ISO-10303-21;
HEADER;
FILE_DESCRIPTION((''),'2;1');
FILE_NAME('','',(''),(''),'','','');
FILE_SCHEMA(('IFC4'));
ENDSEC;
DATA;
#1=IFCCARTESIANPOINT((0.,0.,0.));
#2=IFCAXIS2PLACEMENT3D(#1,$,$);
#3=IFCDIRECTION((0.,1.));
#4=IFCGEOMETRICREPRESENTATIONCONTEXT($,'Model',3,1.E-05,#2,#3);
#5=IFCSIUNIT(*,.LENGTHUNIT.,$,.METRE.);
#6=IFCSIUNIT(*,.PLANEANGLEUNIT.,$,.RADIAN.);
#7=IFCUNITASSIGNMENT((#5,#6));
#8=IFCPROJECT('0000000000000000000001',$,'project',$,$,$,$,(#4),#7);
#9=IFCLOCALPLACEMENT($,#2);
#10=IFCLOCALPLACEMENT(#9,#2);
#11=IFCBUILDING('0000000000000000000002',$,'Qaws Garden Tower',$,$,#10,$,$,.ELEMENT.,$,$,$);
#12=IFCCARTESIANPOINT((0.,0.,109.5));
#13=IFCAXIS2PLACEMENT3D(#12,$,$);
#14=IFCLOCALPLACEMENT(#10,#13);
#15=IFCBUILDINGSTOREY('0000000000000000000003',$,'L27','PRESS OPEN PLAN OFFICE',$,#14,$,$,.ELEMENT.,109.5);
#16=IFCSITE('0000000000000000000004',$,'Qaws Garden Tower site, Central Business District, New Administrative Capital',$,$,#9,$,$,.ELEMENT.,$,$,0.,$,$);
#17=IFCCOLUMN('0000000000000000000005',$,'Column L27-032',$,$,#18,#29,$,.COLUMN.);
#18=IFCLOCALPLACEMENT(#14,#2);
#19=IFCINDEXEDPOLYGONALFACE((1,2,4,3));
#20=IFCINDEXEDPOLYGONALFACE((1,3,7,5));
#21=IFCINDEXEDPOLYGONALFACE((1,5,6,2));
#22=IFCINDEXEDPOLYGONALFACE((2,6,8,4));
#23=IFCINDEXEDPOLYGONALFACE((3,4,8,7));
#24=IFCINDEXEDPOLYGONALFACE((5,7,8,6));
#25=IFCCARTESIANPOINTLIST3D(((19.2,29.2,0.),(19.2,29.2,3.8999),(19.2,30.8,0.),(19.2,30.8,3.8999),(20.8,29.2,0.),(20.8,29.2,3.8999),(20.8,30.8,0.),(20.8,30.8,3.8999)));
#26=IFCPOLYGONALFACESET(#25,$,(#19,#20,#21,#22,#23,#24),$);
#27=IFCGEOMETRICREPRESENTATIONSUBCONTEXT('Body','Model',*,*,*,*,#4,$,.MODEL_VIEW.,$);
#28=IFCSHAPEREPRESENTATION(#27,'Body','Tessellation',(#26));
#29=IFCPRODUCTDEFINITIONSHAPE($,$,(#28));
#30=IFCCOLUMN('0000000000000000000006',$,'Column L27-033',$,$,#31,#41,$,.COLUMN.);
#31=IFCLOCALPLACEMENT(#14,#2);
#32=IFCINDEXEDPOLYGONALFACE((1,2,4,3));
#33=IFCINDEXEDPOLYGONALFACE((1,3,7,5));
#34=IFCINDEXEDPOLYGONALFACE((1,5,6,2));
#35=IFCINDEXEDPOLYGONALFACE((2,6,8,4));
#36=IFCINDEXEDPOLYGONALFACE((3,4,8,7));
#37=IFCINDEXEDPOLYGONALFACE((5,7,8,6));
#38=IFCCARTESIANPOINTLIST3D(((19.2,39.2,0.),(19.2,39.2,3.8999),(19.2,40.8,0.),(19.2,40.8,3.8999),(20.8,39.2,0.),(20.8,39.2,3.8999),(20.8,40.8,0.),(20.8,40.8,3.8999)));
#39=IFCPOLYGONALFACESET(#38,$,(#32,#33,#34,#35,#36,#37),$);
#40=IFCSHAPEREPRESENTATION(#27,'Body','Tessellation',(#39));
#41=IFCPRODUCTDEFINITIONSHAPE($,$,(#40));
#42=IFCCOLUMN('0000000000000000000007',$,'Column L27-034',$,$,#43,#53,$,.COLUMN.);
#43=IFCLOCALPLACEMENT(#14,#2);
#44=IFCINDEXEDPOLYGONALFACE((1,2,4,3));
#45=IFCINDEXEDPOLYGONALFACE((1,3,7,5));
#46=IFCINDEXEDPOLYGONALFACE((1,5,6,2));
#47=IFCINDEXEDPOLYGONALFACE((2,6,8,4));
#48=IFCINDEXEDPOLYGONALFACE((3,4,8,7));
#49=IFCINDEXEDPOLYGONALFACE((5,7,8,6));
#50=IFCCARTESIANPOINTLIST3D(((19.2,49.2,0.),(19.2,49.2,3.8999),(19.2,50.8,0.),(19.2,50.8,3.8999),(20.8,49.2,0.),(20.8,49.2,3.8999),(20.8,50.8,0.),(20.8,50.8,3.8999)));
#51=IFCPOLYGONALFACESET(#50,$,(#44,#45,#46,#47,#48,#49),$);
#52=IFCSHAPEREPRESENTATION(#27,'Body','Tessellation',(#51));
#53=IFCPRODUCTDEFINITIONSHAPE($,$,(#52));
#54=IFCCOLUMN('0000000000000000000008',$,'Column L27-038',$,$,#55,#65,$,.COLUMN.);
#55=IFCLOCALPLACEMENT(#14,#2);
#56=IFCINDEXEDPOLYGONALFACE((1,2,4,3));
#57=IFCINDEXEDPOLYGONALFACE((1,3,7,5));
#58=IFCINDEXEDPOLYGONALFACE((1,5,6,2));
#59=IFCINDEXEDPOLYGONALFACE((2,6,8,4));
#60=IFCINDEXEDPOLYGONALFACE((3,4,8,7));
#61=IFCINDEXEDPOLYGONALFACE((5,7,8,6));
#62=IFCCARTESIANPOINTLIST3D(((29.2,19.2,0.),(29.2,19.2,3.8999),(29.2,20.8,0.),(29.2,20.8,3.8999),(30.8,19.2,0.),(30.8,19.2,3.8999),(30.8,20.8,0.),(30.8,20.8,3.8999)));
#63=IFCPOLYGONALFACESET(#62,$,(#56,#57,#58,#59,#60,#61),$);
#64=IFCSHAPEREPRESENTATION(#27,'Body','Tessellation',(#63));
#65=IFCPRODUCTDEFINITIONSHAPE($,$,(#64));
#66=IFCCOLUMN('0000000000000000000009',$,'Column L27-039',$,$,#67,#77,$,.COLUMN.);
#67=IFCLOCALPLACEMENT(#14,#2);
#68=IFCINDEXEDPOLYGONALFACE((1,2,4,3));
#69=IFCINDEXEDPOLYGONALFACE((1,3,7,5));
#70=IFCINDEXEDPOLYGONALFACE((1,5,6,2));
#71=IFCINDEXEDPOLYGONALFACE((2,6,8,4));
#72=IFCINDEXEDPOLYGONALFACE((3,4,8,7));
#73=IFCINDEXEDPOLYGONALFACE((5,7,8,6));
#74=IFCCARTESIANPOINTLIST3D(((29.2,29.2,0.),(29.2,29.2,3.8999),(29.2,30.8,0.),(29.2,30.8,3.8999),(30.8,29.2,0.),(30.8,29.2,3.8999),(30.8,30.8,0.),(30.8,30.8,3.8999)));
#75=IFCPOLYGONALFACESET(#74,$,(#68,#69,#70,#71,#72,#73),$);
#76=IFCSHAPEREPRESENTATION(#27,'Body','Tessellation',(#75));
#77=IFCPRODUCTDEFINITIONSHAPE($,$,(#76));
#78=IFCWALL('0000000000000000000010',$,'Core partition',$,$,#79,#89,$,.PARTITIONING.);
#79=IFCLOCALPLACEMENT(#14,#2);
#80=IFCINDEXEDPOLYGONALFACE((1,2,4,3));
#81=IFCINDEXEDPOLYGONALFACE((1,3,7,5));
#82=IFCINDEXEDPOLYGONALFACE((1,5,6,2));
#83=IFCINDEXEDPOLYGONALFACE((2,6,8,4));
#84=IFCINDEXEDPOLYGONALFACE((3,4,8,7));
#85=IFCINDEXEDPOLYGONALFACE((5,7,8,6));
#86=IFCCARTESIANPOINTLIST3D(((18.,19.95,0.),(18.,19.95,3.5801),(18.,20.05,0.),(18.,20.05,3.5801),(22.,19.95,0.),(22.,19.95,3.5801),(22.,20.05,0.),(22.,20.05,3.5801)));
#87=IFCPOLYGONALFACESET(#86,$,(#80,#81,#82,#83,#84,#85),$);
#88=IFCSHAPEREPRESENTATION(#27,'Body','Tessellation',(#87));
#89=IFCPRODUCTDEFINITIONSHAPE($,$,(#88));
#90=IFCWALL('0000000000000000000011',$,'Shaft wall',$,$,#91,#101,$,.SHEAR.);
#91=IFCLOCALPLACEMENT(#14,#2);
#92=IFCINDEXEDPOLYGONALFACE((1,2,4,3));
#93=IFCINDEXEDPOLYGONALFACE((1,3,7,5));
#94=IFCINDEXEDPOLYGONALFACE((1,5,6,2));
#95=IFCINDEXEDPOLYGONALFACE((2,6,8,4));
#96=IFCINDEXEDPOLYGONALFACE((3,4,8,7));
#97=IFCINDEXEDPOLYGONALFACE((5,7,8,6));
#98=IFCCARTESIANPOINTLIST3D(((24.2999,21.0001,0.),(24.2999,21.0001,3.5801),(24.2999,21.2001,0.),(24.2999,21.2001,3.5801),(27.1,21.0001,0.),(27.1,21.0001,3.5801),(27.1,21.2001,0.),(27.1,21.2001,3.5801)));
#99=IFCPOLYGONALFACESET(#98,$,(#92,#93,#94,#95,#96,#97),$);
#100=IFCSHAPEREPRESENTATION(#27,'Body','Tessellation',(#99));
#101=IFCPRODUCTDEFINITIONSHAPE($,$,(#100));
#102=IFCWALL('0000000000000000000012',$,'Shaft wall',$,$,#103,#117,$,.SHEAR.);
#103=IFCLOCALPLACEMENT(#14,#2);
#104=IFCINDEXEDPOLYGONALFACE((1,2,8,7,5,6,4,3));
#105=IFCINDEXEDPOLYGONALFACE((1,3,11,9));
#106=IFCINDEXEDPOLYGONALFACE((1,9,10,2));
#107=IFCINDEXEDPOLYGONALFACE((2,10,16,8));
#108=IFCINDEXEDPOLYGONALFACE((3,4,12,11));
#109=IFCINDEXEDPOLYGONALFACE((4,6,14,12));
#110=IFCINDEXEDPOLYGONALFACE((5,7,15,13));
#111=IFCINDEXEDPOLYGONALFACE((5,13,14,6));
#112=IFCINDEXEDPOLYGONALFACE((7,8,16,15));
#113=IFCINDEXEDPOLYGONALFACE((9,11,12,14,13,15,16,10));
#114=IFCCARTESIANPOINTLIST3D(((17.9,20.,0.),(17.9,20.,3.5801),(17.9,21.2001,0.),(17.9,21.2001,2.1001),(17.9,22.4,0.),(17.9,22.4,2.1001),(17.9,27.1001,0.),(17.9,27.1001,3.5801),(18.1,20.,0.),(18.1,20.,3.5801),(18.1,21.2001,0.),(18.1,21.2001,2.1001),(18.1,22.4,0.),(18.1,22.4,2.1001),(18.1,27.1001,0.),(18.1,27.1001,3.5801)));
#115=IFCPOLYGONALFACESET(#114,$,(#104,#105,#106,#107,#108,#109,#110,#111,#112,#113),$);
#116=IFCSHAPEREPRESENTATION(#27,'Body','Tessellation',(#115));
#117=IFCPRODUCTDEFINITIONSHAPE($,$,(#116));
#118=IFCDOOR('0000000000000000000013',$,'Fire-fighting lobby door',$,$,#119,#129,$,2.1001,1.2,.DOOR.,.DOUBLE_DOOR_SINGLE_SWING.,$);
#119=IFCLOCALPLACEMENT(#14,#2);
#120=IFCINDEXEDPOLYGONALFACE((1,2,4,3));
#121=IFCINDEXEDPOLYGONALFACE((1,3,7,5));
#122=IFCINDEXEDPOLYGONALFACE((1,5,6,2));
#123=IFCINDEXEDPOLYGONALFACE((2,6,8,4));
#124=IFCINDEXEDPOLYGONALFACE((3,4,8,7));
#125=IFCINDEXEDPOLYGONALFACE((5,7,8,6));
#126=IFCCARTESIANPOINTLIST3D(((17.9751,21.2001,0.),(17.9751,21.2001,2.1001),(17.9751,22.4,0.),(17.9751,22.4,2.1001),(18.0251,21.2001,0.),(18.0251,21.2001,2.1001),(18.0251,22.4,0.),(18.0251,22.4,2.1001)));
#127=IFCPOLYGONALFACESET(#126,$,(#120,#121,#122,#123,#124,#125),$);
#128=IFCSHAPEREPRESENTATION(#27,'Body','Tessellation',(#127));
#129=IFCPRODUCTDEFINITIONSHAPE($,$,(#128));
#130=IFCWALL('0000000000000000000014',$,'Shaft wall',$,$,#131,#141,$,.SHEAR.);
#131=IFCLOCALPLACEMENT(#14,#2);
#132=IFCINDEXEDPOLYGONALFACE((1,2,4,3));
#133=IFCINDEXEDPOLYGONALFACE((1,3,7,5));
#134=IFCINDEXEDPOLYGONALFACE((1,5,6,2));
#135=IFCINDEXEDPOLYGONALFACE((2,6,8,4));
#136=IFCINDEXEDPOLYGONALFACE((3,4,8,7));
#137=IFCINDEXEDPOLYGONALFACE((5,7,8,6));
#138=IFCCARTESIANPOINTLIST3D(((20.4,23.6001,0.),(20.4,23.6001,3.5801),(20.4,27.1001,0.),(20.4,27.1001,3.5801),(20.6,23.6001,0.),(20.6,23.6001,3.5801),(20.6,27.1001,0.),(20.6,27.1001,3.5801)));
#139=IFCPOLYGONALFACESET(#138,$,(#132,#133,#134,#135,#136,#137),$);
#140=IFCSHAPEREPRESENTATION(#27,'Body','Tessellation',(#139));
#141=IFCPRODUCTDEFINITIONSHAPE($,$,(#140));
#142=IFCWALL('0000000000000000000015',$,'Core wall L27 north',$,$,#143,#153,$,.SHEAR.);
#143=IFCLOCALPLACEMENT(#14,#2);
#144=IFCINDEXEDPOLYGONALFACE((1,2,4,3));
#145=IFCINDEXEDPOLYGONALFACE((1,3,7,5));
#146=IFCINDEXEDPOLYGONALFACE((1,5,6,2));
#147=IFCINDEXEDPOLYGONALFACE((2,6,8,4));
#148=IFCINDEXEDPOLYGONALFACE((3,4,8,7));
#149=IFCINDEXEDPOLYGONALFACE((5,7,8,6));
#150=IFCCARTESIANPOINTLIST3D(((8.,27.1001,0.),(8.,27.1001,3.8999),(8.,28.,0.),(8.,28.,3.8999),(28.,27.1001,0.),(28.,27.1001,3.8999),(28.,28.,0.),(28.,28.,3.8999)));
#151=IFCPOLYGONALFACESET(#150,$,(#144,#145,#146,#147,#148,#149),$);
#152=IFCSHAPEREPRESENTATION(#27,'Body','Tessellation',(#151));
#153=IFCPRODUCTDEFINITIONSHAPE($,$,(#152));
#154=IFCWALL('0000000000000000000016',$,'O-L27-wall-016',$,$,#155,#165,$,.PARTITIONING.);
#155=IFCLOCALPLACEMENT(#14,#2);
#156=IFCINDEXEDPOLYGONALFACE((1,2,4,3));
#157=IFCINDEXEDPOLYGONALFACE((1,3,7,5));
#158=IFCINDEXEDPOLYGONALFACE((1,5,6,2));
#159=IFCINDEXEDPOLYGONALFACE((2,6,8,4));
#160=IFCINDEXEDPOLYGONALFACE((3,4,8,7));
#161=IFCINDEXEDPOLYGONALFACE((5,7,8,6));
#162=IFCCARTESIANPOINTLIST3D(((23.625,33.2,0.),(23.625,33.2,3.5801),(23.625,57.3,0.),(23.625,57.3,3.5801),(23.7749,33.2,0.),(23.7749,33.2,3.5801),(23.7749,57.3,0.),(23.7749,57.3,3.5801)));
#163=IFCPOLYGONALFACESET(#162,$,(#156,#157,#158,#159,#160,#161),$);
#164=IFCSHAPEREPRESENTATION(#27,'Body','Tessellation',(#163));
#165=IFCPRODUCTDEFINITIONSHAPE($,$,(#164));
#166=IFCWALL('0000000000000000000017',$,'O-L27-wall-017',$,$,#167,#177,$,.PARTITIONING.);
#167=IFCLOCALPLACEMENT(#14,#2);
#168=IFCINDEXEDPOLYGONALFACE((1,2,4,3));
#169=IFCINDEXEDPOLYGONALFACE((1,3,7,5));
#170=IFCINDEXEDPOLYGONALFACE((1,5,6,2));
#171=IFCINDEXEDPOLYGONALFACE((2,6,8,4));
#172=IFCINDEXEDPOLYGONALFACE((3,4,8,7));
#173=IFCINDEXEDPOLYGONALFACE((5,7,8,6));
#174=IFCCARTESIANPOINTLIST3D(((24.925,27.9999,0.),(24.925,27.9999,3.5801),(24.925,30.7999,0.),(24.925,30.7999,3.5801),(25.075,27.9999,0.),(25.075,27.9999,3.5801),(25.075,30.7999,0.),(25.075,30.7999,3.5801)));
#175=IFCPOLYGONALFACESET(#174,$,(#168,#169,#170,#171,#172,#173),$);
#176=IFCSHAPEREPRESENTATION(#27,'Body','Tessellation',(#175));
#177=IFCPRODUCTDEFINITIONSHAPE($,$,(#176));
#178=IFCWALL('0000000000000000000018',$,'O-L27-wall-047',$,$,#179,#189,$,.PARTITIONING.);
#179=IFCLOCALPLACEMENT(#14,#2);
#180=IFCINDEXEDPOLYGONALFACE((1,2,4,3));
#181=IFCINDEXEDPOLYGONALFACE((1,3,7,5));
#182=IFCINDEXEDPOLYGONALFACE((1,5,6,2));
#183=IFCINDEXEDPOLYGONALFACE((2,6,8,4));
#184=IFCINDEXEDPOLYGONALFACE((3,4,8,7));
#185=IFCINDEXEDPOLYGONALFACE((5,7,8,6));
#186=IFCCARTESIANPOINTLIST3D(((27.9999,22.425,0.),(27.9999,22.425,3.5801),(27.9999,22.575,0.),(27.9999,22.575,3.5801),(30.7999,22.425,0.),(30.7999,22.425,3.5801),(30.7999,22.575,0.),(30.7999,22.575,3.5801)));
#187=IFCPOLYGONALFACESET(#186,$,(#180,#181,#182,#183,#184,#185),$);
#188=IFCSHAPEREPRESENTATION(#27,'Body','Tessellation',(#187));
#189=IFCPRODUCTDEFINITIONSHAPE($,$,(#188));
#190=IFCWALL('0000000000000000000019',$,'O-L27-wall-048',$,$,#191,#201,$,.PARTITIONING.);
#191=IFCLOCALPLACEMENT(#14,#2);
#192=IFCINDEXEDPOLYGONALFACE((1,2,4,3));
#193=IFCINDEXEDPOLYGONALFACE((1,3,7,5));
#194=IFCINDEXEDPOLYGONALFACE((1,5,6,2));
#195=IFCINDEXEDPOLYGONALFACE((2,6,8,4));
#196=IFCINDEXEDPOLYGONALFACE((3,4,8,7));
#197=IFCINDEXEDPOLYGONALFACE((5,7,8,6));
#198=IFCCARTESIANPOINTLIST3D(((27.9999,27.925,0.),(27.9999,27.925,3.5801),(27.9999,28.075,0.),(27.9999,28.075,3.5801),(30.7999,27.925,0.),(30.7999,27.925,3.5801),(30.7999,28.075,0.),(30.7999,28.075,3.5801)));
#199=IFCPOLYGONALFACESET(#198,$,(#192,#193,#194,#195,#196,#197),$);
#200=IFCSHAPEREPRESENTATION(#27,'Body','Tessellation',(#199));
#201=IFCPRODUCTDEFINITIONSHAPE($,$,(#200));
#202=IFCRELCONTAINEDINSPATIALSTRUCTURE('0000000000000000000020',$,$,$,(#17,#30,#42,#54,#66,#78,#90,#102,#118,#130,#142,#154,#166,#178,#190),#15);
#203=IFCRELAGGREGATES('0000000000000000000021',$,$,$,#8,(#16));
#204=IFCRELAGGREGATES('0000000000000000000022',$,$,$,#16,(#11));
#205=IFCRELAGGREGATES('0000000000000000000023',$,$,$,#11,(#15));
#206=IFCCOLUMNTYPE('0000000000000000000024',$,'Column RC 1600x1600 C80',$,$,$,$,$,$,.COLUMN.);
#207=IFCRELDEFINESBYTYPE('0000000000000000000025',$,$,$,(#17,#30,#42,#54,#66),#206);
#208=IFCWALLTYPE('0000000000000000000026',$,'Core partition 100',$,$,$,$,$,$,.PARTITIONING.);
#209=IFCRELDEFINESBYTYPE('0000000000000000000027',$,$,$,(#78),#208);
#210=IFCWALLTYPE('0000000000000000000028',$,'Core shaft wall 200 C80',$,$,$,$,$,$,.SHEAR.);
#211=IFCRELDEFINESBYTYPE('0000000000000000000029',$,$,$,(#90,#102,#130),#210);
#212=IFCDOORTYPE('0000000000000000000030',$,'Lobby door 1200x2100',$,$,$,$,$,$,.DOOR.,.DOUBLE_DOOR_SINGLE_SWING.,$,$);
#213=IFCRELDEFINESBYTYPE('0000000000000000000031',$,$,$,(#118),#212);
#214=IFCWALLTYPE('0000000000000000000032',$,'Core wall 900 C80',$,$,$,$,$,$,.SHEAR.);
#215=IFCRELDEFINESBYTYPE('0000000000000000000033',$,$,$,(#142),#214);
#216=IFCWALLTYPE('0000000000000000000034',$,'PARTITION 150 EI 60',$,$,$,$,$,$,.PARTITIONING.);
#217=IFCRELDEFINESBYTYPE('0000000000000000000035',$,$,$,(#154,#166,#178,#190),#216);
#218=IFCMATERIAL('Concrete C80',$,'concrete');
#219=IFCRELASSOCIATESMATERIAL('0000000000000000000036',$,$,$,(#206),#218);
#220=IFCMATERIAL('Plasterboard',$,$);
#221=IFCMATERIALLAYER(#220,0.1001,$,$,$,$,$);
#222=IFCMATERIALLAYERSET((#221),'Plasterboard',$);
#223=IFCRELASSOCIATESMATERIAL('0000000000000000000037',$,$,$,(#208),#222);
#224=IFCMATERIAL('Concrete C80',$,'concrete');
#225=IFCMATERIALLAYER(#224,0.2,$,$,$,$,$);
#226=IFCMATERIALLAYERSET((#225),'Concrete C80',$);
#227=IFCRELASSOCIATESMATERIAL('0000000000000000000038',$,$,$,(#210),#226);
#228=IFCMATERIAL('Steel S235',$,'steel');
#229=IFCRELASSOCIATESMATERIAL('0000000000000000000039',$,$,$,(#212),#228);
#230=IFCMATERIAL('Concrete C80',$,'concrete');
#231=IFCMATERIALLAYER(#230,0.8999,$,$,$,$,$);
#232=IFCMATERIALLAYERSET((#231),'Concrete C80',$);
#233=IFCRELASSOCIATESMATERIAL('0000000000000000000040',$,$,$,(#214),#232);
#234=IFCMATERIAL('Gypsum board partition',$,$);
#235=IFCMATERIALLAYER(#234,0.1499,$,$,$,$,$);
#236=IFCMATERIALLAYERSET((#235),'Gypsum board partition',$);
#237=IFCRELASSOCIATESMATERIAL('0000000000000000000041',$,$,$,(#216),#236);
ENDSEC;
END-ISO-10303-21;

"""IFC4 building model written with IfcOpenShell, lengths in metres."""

from ifc_helpers import new_model, si_unit, direction, frame, frame_2d, origin, origin_2d, place, context, subcontext, project, spatial, rectangle, extrude, material, layer, layer_set, material_profile, profile_set, type_object, element, fill, save


model = new_model("IFC4")

# Units and contexts
model_context = context("Model", 3, precision=1e-05, world=origin(), true_north=direction((0.0, 1.0)))
body_context = subcontext(model_context, "Body", "Model", "MODEL_VIEW")
ifc_project = project(units=[si_unit("LENGTHUNIT", "METRE"), si_unit("PLANEANGLEUNIT", "RADIAN")], contexts=[model_context])

# Site, building, storey
site_placement = place(None, origin())
site = spatial("IfcSite", under=ifc_project, at=site_placement, Name="Qaws Garden Tower site, Central Business District, New Administrative Capital", CompositionType="ELEMENT", RefElevation=0.0)
building_placement = place(site_placement, origin())
building = spatial("IfcBuilding", under=site, at=building_placement, Name="Qaws Garden Tower", CompositionType="ELEMENT")
storey_placement = place(building_placement, frame((0.0, 0.0, 109.5)))
storey = spatial("IfcBuildingStorey", under=building, at=storey_placement, Name="L27", Description="PRESS OPEN PLAN OFFICE", CompositionType="ELEMENT", Elevation=109.5)

# Columns
ifc_material_1 = material(Name="Concrete C80", Category="concrete")
ifc_material_profile = material_profile(ifc_material_1, rectangle(XDim=1.6001, YDim=1.6001, at=origin_2d()), Name="RC 1600x1600")
ifc_profile_set = profile_set([ifc_material_profile], Name="Concrete C80")
column_type = type_object("IfcColumnType", Name="Column RC 1600x1600 C80", PredefinedType="COLUMN", material=ifc_profile_set)
for number, where, z_axis, x_axis, name in (
    (1, (20.0, 30.0, 0.0), (0.0, 0.0, 1.0), (1.0, 0.0, 0.0), "Column L27-032"),
    (2, (20.0, 40.0, 0.0), (0.0, 0.0, 1.0), (1.0, 0.0, 0.0), "Column L27-033"),
    (3, (20.0, 50.0, 0.0), (0.0, 0.0, 1.0), (1.0, 0.0, 0.0), "Column L27-034"),
    (4, (30.0, 20.0, 0.0), (0.0, 0.0, 1.0), (1.0, 0.0, 0.0), "Column L27-038"),
    (5, (30.0, 30.0, 0.0), (0.0, 0.0, 1.0), (1.0, 0.0, 0.0), "Column L27-039"),
):
    element("IfcColumn", number, at=place(storey_placement, frame(where, z_axis=z_axis, x_axis=x_axis)), inside=storey, type_object=column_type, Name=name, PredefinedType="COLUMN", context=body_context, shape_type="SweptSolid", body=[
        extrude(rectangle(XDim=1.6001, YDim=1.6001, at=origin_2d()), origin(), (0.0, 0.0, 1.0), 3.8999),
    ])

# Walls
ifc_material_2 = material(Name="Plasterboard")
ifc_layer_1 = layer(ifc_material_2, 0.1001)
ifc_layer_set_1 = layer_set([ifc_layer_1], Name="Plasterboard")
wall_type_1 = type_object("IfcWallType", Name="Core partition 100", PredefinedType="PARTITIONING", material=ifc_layer_set_1)
wall_1_placement = place(storey_placement, frame((18.0, 20.0, 0.0), z_axis=(0.0, 0.0, 1.0), x_axis=(1.0, 0.0, 0.0)))
element("IfcWall", 6, at=wall_1_placement, inside=storey, type_object=wall_type_1, Name="Core partition", PredefinedType="PARTITIONING", context=body_context, shape_type="SweptSolid", body=[
    extrude(rectangle(XDim=4.0, YDim=0.1001, at=frame_2d((2.0, 0.0))), origin(), (0.0, 0.0, 1.0), 3.5801),
])
ifc_material_3 = material(Name="Concrete C80", Category="concrete")
ifc_layer_2 = layer(ifc_material_3, 0.2)
ifc_layer_set_2 = layer_set([ifc_layer_2], Name="Concrete C80")
wall_type_2 = type_object("IfcWallType", Name="Core shaft wall 200 C80", PredefinedType="SHEAR", material=ifc_layer_set_2)
wall_2_placement = place(storey_placement, frame((24.3, 21.1001, 0.0), z_axis=(0.0, 0.0, 1.0), x_axis=(1.0, 0.0, 0.0)))
element("IfcWall", 7, at=wall_2_placement, inside=storey, type_object=wall_type_2, Name="Shaft wall", PredefinedType="SHEAR", context=body_context, shape_type="SweptSolid", body=[
    extrude(rectangle(XDim=2.8, YDim=0.2, at=frame_2d((1.3999, 0.0))), origin(), (0.0, 0.0, 1.0), 3.5801),
])

# Wall, opening, door
wall_3_placement = place(storey_placement, frame((18.0, 20.0, 0.0), z_axis=(0.0, 0.0, 1.0), x_axis=(0.0, 1.0, 0.0)))
wall_3 = element("IfcWall", 8, at=wall_3_placement, inside=storey, type_object=wall_type_2, Name="Shaft wall", PredefinedType="SHEAR", context=body_context, shape_type="SweptSolid", body=[
    extrude(rectangle(XDim=7.1001, YDim=0.2, at=frame_2d((3.55, 0.0))), origin(), (0.0, 0.0, 1.0), 3.5801),
])
opening_1_placement = place(wall_3_placement, frame((1.2, 0.0, 0.0)))
opening_1 = element("IfcOpeningElement", 9, at=opening_1_placement, cuts=wall_3, PredefinedType="OPENING", context=body_context, shape_type="SweptSolid", body=[
    extrude(rectangle(XDim=1.2, YDim=2.1001, at=frame_2d((0.6001, 1.05))), frame((0.0, 0.1099, 0.0), z_axis=(0.0, -1.0, 0.0), x_axis=(1.0, 0.0, 0.0)), (0.0, 0.0, 1.0), 0.22),
])
ifc_material_4 = material(Name="Steel S235", Category="steel")
door_type_1 = type_object("IfcDoorType", Name="Lobby door 1200x2100", OperationType="DOUBLE_DOOR_SINGLE_SWING", PredefinedType="DOOR", material=ifc_material_4)
door_1_placement = place(opening_1_placement, origin())
door_1 = element("IfcDoor", 10, at=door_1_placement, inside=storey, type_object=door_type_1, Name="Fire-fighting lobby door", OperationType="DOUBLE_DOOR_SINGLE_SWING", OverallHeight=2.1001, OverallWidth=1.2, PredefinedType="DOOR", context=body_context, shape_type="SweptSolid", body=[
    extrude(rectangle(XDim=1.2, YDim=2.1001, at=frame_2d((0.6001, 1.05))), frame((0.0, 0.0249, 0.0), z_axis=(0.0, -1.0, 0.0), x_axis=(1.0, 0.0, 0.0)), (0.0, 0.0, 1.0), 0.05),
])
fill(opening_1, door_1)

# Walls
wall_4_placement = place(storey_placement, frame((20.5, 23.6001, 0.0), z_axis=(0.0, 0.0, 1.0), x_axis=(0.0, 1.0, 0.0)))
element("IfcWall", 11, at=wall_4_placement, inside=storey, type_object=wall_type_2, Name="Shaft wall", PredefinedType="SHEAR", context=body_context, shape_type="SweptSolid", body=[
    extrude(rectangle(XDim=3.5, YDim=0.2, at=frame_2d((1.75, 0.0))), origin(), (0.0, 0.0, 1.0), 3.5801),
])
ifc_material_5 = material(Name="Concrete C80", Category="concrete")
ifc_layer_3 = layer(ifc_material_5, 0.8999)
ifc_layer_set_3 = layer_set([ifc_layer_3], Name="Concrete C80")
wall_type_3 = type_object("IfcWallType", Name="Core wall 900 C80", PredefinedType="SHEAR", material=ifc_layer_set_3)
wall_5_placement = place(storey_placement, frame((28.0, 27.55, 0.0), z_axis=(0.0, 0.0, 1.0), x_axis=(-1.0, 0.0, 0.0)))
element("IfcWall", 12, at=wall_5_placement, inside=storey, type_object=wall_type_3, Name="Core wall L27 north", PredefinedType="SHEAR", context=body_context, shape_type="SweptSolid", body=[
    extrude(rectangle(XDim=20.0, YDim=0.8999, at=frame_2d((10.0, 0.0))), origin(), (0.0, 0.0, 1.0), 3.8999),
])
ifc_material_6 = material(Name="Gypsum board partition")
ifc_layer_4 = layer(ifc_material_6, 0.1499)
ifc_layer_set_4 = layer_set([ifc_layer_4], Name="Gypsum board partition")
wall_type_4 = type_object("IfcWallType", Name="PARTITION 150 EI 60", PredefinedType="PARTITIONING", material=ifc_layer_set_4)
wall_6_placement = place(storey_placement, frame((23.7, 33.2, 0.0), z_axis=(0.0, 0.0, 1.0), x_axis=(0.0, 1.0, 0.0)))
element("IfcWall", 13, at=wall_6_placement, inside=storey, type_object=wall_type_4, Name="O-L27-wall-016", PredefinedType="PARTITIONING", context=body_context, shape_type="SweptSolid", body=[
    extrude(rectangle(XDim=24.1001, YDim=0.1499, at=frame_2d((12.05, 0.0))), origin(), (0.0, 0.0, 1.0), 3.5801),
])
for number, where, z_axis, x_axis, name in (
    (14, (25.0, 28.0, 0.0), (0.0, 0.0, 1.0), (0.0, 1.0, 0.0), "O-L27-wall-017"),
    (15, (28.0, 22.5, 0.0), (0.0, 0.0, 1.0), (1.0, 0.0, 0.0), "O-L27-wall-047"),
    (16, (28.0, 28.0, 0.0), (0.0, 0.0, 1.0), (1.0, 0.0, 0.0), "O-L27-wall-048"),
):
    element("IfcWall", number, at=place(storey_placement, frame(where, z_axis=z_axis, x_axis=x_axis)), inside=storey, type_object=wall_type_4, Name=name, PredefinedType="PARTITIONING", context=body_context, shape_type="SweptSolid", body=[
        extrude(rectangle(XDim=2.8, YDim=0.1499, at=frame_2d((1.3999, 0.0))), origin(), (0.0, 0.0, 1.0), 3.5801),
    ])

save(model, "model.ifc")
